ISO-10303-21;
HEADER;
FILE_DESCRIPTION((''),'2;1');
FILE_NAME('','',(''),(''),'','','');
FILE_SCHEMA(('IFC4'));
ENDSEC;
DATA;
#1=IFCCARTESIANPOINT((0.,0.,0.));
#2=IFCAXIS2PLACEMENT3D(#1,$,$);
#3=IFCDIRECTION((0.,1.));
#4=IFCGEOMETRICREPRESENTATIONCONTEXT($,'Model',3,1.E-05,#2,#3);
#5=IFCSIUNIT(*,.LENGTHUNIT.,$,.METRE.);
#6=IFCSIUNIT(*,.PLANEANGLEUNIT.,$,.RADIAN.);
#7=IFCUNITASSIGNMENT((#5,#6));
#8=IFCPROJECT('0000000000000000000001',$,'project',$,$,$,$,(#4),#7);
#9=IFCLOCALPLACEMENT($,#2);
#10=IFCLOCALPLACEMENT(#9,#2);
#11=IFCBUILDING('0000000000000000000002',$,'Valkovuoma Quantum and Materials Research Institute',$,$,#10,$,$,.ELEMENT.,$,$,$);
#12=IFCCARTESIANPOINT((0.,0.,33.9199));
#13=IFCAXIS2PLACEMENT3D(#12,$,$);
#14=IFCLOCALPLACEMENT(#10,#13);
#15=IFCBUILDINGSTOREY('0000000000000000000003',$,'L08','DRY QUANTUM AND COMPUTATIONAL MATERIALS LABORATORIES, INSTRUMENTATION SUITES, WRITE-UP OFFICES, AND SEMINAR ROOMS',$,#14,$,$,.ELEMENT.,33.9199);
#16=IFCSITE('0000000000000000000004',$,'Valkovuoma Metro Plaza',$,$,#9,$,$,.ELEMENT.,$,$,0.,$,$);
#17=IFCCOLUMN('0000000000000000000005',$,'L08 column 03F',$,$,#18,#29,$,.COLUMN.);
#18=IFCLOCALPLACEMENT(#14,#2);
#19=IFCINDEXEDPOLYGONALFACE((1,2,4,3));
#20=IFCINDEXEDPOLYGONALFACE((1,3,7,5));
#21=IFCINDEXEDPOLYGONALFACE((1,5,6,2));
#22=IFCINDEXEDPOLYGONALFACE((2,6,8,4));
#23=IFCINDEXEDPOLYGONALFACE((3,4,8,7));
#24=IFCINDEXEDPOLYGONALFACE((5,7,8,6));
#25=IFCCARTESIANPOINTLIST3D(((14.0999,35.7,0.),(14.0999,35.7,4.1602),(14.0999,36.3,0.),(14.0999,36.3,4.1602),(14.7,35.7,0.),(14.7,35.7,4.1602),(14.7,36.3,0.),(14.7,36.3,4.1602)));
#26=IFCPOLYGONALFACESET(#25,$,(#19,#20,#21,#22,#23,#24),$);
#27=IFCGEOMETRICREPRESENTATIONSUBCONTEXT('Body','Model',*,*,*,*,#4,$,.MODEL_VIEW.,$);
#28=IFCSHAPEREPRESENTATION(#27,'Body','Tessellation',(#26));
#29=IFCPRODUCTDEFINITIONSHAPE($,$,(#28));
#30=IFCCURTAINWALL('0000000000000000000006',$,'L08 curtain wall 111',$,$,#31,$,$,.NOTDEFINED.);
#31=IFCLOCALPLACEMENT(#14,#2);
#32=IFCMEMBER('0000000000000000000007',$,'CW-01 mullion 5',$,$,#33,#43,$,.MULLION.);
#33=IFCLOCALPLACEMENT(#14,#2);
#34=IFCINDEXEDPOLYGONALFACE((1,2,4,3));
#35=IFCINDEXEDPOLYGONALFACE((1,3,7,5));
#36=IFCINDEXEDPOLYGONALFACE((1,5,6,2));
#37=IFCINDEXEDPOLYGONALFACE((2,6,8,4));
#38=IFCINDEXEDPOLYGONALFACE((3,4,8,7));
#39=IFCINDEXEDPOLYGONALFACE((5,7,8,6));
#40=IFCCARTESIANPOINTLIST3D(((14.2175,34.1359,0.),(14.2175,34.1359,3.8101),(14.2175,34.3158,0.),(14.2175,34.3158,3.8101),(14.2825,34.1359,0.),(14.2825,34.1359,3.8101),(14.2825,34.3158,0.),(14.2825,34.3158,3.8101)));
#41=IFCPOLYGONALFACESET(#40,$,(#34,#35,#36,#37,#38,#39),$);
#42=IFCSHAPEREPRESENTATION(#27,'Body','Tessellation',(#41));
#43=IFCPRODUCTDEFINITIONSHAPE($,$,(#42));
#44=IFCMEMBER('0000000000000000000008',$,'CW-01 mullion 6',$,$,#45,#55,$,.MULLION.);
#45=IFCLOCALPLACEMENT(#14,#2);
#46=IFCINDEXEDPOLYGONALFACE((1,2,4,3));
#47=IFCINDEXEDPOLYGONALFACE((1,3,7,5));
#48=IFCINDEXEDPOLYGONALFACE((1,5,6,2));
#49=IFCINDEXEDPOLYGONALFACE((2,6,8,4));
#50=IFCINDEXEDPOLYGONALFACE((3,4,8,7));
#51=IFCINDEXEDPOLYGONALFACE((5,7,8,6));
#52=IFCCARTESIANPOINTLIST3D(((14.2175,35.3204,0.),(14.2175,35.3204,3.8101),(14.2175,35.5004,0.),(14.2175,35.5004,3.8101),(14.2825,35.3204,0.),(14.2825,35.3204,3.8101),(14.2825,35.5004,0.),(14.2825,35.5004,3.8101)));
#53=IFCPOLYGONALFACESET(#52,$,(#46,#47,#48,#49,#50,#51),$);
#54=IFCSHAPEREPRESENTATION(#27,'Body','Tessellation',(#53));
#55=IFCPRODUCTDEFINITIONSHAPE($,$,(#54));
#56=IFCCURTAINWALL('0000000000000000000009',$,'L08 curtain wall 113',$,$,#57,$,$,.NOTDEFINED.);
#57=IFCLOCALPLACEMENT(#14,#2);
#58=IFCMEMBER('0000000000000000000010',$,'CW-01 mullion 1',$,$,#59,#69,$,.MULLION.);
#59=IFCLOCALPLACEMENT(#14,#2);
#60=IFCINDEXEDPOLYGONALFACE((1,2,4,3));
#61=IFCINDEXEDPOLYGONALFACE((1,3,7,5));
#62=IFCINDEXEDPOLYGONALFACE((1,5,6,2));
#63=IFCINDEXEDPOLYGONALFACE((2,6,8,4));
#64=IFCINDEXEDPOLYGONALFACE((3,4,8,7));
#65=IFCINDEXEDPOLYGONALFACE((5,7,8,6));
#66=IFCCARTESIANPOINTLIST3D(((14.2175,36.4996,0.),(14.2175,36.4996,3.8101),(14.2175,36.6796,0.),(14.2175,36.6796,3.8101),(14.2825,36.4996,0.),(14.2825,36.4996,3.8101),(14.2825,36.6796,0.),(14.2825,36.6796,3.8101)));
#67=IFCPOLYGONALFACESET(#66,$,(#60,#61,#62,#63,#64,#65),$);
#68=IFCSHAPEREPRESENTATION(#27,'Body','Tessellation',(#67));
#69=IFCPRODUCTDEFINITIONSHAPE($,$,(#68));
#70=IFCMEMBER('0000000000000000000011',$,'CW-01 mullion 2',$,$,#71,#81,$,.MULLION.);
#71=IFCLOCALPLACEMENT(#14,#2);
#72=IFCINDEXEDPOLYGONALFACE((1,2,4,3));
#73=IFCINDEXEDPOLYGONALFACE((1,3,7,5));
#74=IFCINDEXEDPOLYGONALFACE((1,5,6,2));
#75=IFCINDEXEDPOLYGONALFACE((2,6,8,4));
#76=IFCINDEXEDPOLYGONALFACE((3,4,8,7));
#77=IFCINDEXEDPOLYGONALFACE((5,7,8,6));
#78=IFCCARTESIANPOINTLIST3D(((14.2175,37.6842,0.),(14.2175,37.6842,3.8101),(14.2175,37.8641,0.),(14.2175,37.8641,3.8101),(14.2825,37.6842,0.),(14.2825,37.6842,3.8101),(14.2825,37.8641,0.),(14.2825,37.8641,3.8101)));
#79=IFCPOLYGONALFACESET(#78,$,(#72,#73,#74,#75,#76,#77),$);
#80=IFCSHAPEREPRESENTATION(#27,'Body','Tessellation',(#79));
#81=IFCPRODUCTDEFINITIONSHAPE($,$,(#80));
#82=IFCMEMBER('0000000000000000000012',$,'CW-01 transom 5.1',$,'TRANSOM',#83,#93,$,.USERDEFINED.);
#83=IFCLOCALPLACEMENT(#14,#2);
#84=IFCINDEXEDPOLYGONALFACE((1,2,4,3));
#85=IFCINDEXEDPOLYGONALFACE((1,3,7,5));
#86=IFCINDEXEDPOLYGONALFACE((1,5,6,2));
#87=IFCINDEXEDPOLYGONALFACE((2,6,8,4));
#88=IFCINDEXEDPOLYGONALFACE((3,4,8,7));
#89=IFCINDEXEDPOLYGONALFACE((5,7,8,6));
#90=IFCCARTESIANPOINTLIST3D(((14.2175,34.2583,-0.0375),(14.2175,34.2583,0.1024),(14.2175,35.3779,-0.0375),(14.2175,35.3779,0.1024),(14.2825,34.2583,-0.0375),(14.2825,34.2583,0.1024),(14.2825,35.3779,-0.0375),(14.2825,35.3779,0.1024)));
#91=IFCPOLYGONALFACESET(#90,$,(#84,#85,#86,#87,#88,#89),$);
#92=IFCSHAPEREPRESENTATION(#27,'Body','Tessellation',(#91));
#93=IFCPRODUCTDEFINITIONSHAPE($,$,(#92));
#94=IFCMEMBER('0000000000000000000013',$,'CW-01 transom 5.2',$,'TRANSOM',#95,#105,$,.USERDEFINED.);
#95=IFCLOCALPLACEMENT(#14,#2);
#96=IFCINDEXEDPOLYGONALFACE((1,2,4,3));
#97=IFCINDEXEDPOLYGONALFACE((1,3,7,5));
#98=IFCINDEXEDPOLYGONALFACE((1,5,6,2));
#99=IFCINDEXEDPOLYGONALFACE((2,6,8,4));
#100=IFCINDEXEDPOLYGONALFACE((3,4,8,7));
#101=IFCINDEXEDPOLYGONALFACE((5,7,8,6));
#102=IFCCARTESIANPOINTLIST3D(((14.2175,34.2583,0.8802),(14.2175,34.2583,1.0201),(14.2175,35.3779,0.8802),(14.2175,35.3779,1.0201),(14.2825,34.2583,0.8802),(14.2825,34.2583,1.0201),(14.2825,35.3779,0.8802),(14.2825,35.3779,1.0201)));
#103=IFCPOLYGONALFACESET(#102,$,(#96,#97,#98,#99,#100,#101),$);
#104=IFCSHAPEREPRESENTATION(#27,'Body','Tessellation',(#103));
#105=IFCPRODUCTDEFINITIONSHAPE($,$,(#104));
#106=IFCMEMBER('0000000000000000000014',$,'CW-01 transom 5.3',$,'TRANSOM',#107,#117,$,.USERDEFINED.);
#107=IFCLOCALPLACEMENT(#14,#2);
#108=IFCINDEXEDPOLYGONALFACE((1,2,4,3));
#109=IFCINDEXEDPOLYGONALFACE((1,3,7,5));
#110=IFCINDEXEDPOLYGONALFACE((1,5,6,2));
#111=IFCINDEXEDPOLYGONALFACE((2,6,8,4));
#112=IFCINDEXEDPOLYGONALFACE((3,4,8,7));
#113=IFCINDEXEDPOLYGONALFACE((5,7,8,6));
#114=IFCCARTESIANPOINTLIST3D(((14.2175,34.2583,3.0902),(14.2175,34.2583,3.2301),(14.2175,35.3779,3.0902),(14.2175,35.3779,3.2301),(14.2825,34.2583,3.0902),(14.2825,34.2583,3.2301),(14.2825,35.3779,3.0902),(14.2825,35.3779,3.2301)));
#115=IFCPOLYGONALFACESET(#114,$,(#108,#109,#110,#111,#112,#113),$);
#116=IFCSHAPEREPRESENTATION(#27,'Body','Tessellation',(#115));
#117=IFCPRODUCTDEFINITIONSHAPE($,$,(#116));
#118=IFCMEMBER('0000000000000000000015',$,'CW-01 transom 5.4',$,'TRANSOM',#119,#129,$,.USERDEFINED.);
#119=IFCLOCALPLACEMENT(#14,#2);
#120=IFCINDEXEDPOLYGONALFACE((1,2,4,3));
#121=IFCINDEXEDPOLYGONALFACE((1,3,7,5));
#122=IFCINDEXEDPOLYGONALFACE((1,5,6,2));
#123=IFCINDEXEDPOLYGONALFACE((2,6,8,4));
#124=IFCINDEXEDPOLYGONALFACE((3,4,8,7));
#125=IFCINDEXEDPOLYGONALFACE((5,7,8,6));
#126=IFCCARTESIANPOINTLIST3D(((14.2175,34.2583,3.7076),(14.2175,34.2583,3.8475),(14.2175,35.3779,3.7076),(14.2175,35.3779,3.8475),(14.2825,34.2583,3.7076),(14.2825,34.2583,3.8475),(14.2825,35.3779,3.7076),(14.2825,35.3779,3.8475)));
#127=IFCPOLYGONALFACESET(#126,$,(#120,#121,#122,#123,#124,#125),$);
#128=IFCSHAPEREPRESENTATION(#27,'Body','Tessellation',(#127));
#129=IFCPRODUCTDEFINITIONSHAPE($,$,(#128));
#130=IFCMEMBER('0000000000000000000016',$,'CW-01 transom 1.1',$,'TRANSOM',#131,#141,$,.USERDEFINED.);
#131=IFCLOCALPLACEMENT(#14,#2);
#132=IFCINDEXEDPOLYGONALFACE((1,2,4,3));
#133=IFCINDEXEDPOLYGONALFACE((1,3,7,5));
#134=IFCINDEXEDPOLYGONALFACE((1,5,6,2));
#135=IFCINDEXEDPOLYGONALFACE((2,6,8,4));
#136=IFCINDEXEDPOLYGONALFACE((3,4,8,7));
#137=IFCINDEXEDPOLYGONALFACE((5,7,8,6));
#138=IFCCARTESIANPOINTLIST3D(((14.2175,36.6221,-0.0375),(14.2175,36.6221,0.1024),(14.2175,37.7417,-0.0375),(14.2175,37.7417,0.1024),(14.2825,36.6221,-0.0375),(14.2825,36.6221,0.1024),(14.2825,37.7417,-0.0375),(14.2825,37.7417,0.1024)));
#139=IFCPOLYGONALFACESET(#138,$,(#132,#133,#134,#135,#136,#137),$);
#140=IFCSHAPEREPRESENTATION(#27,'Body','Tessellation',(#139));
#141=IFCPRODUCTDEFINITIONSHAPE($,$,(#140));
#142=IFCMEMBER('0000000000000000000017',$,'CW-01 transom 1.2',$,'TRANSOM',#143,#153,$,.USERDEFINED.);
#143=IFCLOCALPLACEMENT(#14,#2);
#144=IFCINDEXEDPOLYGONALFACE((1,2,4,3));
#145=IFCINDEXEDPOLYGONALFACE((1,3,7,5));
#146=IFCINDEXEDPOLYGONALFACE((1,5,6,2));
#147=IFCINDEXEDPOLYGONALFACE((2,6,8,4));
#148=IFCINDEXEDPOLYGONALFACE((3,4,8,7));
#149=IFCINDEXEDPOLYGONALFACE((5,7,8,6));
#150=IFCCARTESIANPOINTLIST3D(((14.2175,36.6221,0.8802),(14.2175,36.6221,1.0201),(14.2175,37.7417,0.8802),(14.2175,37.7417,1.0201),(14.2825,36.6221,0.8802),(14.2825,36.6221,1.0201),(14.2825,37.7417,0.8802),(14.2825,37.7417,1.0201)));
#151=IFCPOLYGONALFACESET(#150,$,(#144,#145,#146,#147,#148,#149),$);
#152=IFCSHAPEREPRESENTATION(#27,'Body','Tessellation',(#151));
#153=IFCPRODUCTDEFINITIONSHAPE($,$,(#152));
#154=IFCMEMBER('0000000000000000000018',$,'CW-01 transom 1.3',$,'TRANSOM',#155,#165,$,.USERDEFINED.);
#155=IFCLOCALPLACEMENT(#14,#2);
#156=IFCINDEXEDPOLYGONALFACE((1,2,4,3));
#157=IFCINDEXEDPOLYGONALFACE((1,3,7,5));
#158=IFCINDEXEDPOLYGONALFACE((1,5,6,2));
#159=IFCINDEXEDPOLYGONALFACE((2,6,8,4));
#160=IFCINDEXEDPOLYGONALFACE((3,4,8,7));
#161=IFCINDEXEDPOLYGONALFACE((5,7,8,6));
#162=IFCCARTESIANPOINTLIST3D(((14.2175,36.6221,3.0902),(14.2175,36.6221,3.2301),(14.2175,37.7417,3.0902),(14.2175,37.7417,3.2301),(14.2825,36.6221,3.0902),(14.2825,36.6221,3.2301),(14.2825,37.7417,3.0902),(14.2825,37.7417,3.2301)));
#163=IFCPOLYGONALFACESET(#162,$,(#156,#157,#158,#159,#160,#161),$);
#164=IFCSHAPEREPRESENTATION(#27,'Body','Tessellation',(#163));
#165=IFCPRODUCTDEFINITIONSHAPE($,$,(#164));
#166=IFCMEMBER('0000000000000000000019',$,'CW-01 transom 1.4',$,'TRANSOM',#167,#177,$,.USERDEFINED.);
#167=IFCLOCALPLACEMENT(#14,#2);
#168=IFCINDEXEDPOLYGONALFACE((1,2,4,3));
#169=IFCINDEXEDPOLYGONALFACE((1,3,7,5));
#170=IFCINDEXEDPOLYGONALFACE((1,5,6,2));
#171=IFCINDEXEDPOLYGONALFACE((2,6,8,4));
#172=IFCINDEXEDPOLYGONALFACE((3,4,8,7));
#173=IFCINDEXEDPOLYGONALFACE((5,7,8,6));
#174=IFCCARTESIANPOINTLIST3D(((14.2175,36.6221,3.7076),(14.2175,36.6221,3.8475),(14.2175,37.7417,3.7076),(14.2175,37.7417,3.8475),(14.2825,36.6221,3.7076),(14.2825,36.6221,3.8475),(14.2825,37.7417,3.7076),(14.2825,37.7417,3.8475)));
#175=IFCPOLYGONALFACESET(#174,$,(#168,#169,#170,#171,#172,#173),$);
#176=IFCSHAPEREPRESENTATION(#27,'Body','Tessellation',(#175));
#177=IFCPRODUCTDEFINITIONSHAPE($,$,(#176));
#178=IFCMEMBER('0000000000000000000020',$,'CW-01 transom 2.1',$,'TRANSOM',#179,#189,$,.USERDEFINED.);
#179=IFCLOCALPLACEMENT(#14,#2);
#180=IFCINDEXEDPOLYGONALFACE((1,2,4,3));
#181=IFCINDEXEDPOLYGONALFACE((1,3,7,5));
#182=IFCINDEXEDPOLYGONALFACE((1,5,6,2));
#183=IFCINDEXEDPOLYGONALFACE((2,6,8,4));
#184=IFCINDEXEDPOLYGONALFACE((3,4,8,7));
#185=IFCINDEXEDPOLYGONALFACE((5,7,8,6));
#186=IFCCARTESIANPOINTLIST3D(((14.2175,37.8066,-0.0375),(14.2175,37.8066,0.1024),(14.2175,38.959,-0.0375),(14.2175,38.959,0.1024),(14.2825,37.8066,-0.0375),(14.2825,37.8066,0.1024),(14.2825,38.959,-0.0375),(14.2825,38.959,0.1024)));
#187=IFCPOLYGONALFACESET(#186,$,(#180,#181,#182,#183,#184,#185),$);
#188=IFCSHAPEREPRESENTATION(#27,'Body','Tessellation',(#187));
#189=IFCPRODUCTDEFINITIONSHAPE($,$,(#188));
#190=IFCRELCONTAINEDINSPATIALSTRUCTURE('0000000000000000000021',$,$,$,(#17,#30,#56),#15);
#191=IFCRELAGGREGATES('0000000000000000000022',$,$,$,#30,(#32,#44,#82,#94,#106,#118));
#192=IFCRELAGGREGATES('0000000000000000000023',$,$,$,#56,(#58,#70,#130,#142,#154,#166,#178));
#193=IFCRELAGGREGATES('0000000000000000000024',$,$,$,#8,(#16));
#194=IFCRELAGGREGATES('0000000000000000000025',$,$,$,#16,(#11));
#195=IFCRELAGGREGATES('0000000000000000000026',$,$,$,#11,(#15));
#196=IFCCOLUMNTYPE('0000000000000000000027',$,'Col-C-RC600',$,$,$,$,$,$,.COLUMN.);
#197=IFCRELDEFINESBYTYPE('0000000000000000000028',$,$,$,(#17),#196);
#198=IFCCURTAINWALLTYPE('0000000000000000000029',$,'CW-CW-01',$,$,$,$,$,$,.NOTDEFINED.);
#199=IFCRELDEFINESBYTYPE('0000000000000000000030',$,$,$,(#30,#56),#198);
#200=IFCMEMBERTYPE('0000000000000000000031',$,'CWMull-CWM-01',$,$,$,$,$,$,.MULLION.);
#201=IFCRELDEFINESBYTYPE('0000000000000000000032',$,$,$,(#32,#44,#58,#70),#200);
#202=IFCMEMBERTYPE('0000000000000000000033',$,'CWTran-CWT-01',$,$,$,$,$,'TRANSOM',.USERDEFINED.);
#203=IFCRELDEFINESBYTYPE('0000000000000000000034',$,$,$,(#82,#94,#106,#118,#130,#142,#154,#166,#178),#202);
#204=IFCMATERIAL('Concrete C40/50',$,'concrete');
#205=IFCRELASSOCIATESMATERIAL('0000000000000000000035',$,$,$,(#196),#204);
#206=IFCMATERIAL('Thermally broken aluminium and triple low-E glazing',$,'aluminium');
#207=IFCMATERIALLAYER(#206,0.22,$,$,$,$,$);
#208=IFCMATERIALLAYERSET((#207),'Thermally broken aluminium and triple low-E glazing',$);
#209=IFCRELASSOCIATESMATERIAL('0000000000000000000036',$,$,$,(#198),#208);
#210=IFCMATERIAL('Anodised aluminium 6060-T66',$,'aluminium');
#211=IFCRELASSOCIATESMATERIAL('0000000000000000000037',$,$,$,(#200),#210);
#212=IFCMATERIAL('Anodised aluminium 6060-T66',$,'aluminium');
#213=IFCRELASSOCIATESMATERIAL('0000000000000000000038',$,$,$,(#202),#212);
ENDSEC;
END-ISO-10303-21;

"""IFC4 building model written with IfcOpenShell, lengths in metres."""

from ifc_helpers import new_model, si_unit, direction, frame, origin, origin_2d, place, context, subcontext, project, spatial, rectangle, extrude, material, layer, layer_set, material_profile, profile_set, type_object, element, aggregate, save


model = new_model("IFC4")

# Units and contexts
model_context = context("Model", 3, precision=1e-05, world=origin(), true_north=direction((0.0, 1.0)))
body_context = subcontext(model_context, "Body", "Model", "MODEL_VIEW")
ifc_project = project(units=[si_unit("LENGTHUNIT", "METRE"), si_unit("PLANEANGLEUNIT", "RADIAN")], contexts=[model_context])

# Site, building, storey
site_placement = place(None, origin())
site = spatial("IfcSite", under=ifc_project, at=site_placement, Name="Valkovuoma Metro Plaza", CompositionType="ELEMENT", RefElevation=0.0)
building_placement = place(site_placement, origin())
building = spatial("IfcBuilding", under=site, at=building_placement, Name="Valkovuoma Quantum and Materials Research Institute", CompositionType="ELEMENT")
storey_placement = place(building_placement, frame((0.0, 0.0, 33.9199)))
storey = spatial("IfcBuildingStorey", under=building, at=storey_placement, Name="L08", Description="DRY QUANTUM AND COMPUTATIONAL MATERIALS LABORATORIES, INSTRUMENTATION SUITES, WRITE-UP OFFICES, AND SEMINAR ROOMS", CompositionType="ELEMENT", Elevation=33.9199)

# Column
ifc_material_1 = material(Name="Concrete C40/50", Category="concrete")
ifc_material_profile_1 = material_profile(ifc_material_1, rectangle(XDim=0.6001, YDim=0.6001, at=origin_2d()), Name="Concrete C40/50")
ifc_profile_set_1 = profile_set([ifc_material_profile_1], Name="Concrete C40/50")
column_type = type_object("IfcColumnType", Name="Col-C-RC600", PredefinedType="COLUMN", material=ifc_profile_set_1)
column_placement = place(storey_placement, frame((14.3999, 36.0, 0.0), z_axis=(0.0, 0.0, 1.0), x_axis=(1.0, 0.0, 0.0)))
element("IfcColumn", 1, at=column_placement, inside=storey, type_object=column_type, Name="L08 column 03F", PredefinedType="COLUMN", context=body_context, shape_type="SweptSolid", body=[
    extrude(rectangle(XDim=0.6001, YDim=0.6001, at=origin_2d()), origin(), (0.0, 0.0, 1.0), 4.1602),
])

# Curtain walls, members
ifc_material_2 = material(Name="Thermally broken aluminium and triple low-E glazing", Category="aluminium")
ifc_layer_1 = layer(ifc_material_2, 0.22)
ifc_layer_set_1 = layer_set([ifc_layer_1], Name="Thermally broken aluminium and triple low-E glazing")
curtain_wall_type = type_object("IfcCurtainWallType", Name="CW-CW-01", PredefinedType="NOTDEFINED", material=ifc_layer_set_1)
curtain_wall_1_placement = place(storey_placement, origin())
curtain_wall_1 = element("IfcCurtainWall", 2, at=curtain_wall_1_placement, inside=storey, type_object=curtain_wall_type, Name="L08 curtain wall 111", PredefinedType="NOTDEFINED")
ifc_material_3 = material(Name="Anodised aluminium 6060-T66", Category="aluminium")
ifc_material_profile_2 = material_profile(ifc_material_3, rectangle(XDim=0.0649, YDim=0.1799, at=origin_2d()), Name="Anodised aluminium 6060-T66")
ifc_profile_set_2 = profile_set([ifc_material_profile_2], Name="Anodised aluminium 6060-T66")
member_type_1 = type_object("IfcMemberType", Name="CWMull-CWM-01", PredefinedType="MULLION", material=ifc_profile_set_2)
member_1_placement = place(storey_placement, frame((14.25, 34.2258, 0.0), z_axis=(0.0, 0.0, 1.0), x_axis=(-1.0, 0.0, 0.0)))
member_1 = element("IfcMember", 3, at=member_1_placement, type_object=member_type_1, Name="CW-01 mullion 5", PredefinedType="MULLION", context=body_context, shape_type="SweptSolid", body=[
    extrude(rectangle(XDim=0.0649, YDim=0.1799, at=origin_2d()), origin(), (0.0, 0.0, 1.0), 3.8101),
])
member_2_placement = place(storey_placement, frame((14.25, 35.4104, 0.0), z_axis=(0.0, 0.0, 1.0), x_axis=(-1.0, 0.0, 0.0)))
member_2 = element("IfcMember", 4, at=member_2_placement, type_object=member_type_1, Name="CW-01 mullion 6", PredefinedType="MULLION", context=body_context, shape_type="SweptSolid", body=[
    extrude(rectangle(XDim=0.0649, YDim=0.1799, at=origin_2d()), origin(), (0.0, 0.0, 1.0), 3.8101),
])
curtain_wall_2_placement = place(storey_placement, origin())
curtain_wall_2 = element("IfcCurtainWall", 5, at=curtain_wall_2_placement, inside=storey, type_object=curtain_wall_type, Name="L08 curtain wall 113", PredefinedType="NOTDEFINED")
member_3_placement = place(storey_placement, frame((14.25, 36.5896, 0.0), z_axis=(0.0, 0.0, 1.0), x_axis=(-1.0, 0.0, 0.0)))
member_3 = element("IfcMember", 6, at=member_3_placement, type_object=member_type_1, Name="CW-01 mullion 1", PredefinedType="MULLION", context=body_context, shape_type="SweptSolid", body=[
    extrude(rectangle(XDim=0.0649, YDim=0.1799, at=origin_2d()), origin(), (0.0, 0.0, 1.0), 3.8101),
])
member_4_placement = place(storey_placement, frame((14.25, 37.7742, 0.0), z_axis=(0.0, 0.0, 1.0), x_axis=(-1.0, 0.0, 0.0)))
member_4 = element("IfcMember", 7, at=member_4_placement, type_object=member_type_1, Name="CW-01 mullion 2", PredefinedType="MULLION", context=body_context, shape_type="SweptSolid", body=[
    extrude(rectangle(XDim=0.0649, YDim=0.1799, at=origin_2d()), origin(), (0.0, 0.0, 1.0), 3.8101),
])

# Members
ifc_material_4 = material(Name="Anodised aluminium 6060-T66", Category="aluminium")
ifc_material_profile_3 = material_profile(ifc_material_4, rectangle(XDim=0.0649, YDim=0.1399, at=origin_2d()), Name="Anodised aluminium 6060-T66")
ifc_profile_set_3 = profile_set([ifc_material_profile_3], Name="Anodised aluminium 6060-T66")
member_type_2 = type_object("IfcMemberType", Name="CWTran-CWT-01", ElementType="TRANSOM", PredefinedType="USERDEFINED", material=ifc_profile_set_3)
member_5_placement = place(storey_placement, frame((14.25, 34.2583, 0.0325), z_axis=(0.0, 1.0, 0.0), x_axis=(-1.0, 0.0, 0.0)))
member_5 = element("IfcMember", 8, at=member_5_placement, type_object=member_type_2, Name="CW-01 transom 5.1", ObjectType="TRANSOM", PredefinedType="USERDEFINED", context=body_context, shape_type="SweptSolid", body=[
    extrude(rectangle(XDim=0.0649, YDim=0.1399, at=origin_2d()), origin(), (0.0, 0.0, 1.0), 1.1196),
])
member_6_placement = place(storey_placement, frame((14.25, 34.2583, 0.9502), z_axis=(0.0, 1.0, 0.0), x_axis=(-1.0, 0.0, 0.0)))
member_6 = element("IfcMember", 9, at=member_6_placement, type_object=member_type_2, Name="CW-01 transom 5.2", ObjectType="TRANSOM", PredefinedType="USERDEFINED", context=body_context, shape_type="SweptSolid", body=[
    extrude(rectangle(XDim=0.0649, YDim=0.1399, at=origin_2d()), origin(), (0.0, 0.0, 1.0), 1.1196),
])
member_7_placement = place(storey_placement, frame((14.25, 34.2583, 3.1602), z_axis=(0.0, 1.0, 0.0), x_axis=(-1.0, 0.0, 0.0)))
member_7 = element("IfcMember", 10, at=member_7_placement, type_object=member_type_2, Name="CW-01 transom 5.3", ObjectType="TRANSOM", PredefinedType="USERDEFINED", context=body_context, shape_type="SweptSolid", body=[
    extrude(rectangle(XDim=0.0649, YDim=0.1399, at=origin_2d()), origin(), (0.0, 0.0, 1.0), 1.1196),
])
member_8_placement = place(storey_placement, frame((14.25, 34.2583, 3.7776), z_axis=(0.0, 1.0, 0.0), x_axis=(-1.0, 0.0, 0.0)))
member_8 = element("IfcMember", 11, at=member_8_placement, type_object=member_type_2, Name="CW-01 transom 5.4", ObjectType="TRANSOM", PredefinedType="USERDEFINED", context=body_context, shape_type="SweptSolid", body=[
    extrude(rectangle(XDim=0.0649, YDim=0.1399, at=origin_2d()), origin(), (0.0, 0.0, 1.0), 1.1196),
])
member_9_placement = place(storey_placement, frame((14.25, 36.6221, 0.0325), z_axis=(0.0, 1.0, 0.0), x_axis=(-1.0, 0.0, 0.0)))
member_9 = element("IfcMember", 12, at=member_9_placement, type_object=member_type_2, Name="CW-01 transom 1.1", ObjectType="TRANSOM", PredefinedType="USERDEFINED", context=body_context, shape_type="SweptSolid", body=[
    extrude(rectangle(XDim=0.0649, YDim=0.1399, at=origin_2d()), origin(), (0.0, 0.0, 1.0), 1.1196),
])
member_10_placement = place(storey_placement, frame((14.25, 36.6221, 0.9502), z_axis=(0.0, 1.0, 0.0), x_axis=(-1.0, 0.0, 0.0)))
member_10 = element("IfcMember", 13, at=member_10_placement, type_object=member_type_2, Name="CW-01 transom 1.2", ObjectType="TRANSOM", PredefinedType="USERDEFINED", context=body_context, shape_type="SweptSolid", body=[
    extrude(rectangle(XDim=0.0649, YDim=0.1399, at=origin_2d()), origin(), (0.0, 0.0, 1.0), 1.1196),
])
member_11_placement = place(storey_placement, frame((14.25, 36.6221, 3.1602), z_axis=(0.0, 1.0, 0.0), x_axis=(-1.0, 0.0, 0.0)))
member_11 = element("IfcMember", 14, at=member_11_placement, type_object=member_type_2, Name="CW-01 transom 1.3", ObjectType="TRANSOM", PredefinedType="USERDEFINED", context=body_context, shape_type="SweptSolid", body=[
    extrude(rectangle(XDim=0.0649, YDim=0.1399, at=origin_2d()), origin(), (0.0, 0.0, 1.0), 1.1196),
])
member_12_placement = place(storey_placement, frame((14.25, 36.6221, 3.7776), z_axis=(0.0, 1.0, 0.0), x_axis=(-1.0, 0.0, 0.0)))
member_12 = element("IfcMember", 15, at=member_12_placement, type_object=member_type_2, Name="CW-01 transom 1.4", ObjectType="TRANSOM", PredefinedType="USERDEFINED", context=body_context, shape_type="SweptSolid", body=[
    extrude(rectangle(XDim=0.0649, YDim=0.1399, at=origin_2d()), origin(), (0.0, 0.0, 1.0), 1.1196),
])
member_13_placement = place(storey_placement, frame((14.25, 37.8066, 0.0325), z_axis=(0.0, 1.0, 0.0), x_axis=(-1.0, 0.0, 0.0)))
member_13 = element("IfcMember", 16, at=member_13_placement, type_object=member_type_2, Name="CW-01 transom 2.1", ObjectType="TRANSOM", PredefinedType="USERDEFINED", context=body_context, shape_type="SweptSolid", body=[
    extrude(rectangle(XDim=0.0649, YDim=0.1399, at=origin_2d()), origin(), (0.0, 0.0, 1.0), 1.1523),
])

aggregate(curtain_wall_1, [member_1, member_2, member_5, member_6, member_7, member_8])
aggregate(curtain_wall_2, [member_3, member_4, member_9, member_10, member_11, member_12, member_13])

save(model, "model.ifc")
